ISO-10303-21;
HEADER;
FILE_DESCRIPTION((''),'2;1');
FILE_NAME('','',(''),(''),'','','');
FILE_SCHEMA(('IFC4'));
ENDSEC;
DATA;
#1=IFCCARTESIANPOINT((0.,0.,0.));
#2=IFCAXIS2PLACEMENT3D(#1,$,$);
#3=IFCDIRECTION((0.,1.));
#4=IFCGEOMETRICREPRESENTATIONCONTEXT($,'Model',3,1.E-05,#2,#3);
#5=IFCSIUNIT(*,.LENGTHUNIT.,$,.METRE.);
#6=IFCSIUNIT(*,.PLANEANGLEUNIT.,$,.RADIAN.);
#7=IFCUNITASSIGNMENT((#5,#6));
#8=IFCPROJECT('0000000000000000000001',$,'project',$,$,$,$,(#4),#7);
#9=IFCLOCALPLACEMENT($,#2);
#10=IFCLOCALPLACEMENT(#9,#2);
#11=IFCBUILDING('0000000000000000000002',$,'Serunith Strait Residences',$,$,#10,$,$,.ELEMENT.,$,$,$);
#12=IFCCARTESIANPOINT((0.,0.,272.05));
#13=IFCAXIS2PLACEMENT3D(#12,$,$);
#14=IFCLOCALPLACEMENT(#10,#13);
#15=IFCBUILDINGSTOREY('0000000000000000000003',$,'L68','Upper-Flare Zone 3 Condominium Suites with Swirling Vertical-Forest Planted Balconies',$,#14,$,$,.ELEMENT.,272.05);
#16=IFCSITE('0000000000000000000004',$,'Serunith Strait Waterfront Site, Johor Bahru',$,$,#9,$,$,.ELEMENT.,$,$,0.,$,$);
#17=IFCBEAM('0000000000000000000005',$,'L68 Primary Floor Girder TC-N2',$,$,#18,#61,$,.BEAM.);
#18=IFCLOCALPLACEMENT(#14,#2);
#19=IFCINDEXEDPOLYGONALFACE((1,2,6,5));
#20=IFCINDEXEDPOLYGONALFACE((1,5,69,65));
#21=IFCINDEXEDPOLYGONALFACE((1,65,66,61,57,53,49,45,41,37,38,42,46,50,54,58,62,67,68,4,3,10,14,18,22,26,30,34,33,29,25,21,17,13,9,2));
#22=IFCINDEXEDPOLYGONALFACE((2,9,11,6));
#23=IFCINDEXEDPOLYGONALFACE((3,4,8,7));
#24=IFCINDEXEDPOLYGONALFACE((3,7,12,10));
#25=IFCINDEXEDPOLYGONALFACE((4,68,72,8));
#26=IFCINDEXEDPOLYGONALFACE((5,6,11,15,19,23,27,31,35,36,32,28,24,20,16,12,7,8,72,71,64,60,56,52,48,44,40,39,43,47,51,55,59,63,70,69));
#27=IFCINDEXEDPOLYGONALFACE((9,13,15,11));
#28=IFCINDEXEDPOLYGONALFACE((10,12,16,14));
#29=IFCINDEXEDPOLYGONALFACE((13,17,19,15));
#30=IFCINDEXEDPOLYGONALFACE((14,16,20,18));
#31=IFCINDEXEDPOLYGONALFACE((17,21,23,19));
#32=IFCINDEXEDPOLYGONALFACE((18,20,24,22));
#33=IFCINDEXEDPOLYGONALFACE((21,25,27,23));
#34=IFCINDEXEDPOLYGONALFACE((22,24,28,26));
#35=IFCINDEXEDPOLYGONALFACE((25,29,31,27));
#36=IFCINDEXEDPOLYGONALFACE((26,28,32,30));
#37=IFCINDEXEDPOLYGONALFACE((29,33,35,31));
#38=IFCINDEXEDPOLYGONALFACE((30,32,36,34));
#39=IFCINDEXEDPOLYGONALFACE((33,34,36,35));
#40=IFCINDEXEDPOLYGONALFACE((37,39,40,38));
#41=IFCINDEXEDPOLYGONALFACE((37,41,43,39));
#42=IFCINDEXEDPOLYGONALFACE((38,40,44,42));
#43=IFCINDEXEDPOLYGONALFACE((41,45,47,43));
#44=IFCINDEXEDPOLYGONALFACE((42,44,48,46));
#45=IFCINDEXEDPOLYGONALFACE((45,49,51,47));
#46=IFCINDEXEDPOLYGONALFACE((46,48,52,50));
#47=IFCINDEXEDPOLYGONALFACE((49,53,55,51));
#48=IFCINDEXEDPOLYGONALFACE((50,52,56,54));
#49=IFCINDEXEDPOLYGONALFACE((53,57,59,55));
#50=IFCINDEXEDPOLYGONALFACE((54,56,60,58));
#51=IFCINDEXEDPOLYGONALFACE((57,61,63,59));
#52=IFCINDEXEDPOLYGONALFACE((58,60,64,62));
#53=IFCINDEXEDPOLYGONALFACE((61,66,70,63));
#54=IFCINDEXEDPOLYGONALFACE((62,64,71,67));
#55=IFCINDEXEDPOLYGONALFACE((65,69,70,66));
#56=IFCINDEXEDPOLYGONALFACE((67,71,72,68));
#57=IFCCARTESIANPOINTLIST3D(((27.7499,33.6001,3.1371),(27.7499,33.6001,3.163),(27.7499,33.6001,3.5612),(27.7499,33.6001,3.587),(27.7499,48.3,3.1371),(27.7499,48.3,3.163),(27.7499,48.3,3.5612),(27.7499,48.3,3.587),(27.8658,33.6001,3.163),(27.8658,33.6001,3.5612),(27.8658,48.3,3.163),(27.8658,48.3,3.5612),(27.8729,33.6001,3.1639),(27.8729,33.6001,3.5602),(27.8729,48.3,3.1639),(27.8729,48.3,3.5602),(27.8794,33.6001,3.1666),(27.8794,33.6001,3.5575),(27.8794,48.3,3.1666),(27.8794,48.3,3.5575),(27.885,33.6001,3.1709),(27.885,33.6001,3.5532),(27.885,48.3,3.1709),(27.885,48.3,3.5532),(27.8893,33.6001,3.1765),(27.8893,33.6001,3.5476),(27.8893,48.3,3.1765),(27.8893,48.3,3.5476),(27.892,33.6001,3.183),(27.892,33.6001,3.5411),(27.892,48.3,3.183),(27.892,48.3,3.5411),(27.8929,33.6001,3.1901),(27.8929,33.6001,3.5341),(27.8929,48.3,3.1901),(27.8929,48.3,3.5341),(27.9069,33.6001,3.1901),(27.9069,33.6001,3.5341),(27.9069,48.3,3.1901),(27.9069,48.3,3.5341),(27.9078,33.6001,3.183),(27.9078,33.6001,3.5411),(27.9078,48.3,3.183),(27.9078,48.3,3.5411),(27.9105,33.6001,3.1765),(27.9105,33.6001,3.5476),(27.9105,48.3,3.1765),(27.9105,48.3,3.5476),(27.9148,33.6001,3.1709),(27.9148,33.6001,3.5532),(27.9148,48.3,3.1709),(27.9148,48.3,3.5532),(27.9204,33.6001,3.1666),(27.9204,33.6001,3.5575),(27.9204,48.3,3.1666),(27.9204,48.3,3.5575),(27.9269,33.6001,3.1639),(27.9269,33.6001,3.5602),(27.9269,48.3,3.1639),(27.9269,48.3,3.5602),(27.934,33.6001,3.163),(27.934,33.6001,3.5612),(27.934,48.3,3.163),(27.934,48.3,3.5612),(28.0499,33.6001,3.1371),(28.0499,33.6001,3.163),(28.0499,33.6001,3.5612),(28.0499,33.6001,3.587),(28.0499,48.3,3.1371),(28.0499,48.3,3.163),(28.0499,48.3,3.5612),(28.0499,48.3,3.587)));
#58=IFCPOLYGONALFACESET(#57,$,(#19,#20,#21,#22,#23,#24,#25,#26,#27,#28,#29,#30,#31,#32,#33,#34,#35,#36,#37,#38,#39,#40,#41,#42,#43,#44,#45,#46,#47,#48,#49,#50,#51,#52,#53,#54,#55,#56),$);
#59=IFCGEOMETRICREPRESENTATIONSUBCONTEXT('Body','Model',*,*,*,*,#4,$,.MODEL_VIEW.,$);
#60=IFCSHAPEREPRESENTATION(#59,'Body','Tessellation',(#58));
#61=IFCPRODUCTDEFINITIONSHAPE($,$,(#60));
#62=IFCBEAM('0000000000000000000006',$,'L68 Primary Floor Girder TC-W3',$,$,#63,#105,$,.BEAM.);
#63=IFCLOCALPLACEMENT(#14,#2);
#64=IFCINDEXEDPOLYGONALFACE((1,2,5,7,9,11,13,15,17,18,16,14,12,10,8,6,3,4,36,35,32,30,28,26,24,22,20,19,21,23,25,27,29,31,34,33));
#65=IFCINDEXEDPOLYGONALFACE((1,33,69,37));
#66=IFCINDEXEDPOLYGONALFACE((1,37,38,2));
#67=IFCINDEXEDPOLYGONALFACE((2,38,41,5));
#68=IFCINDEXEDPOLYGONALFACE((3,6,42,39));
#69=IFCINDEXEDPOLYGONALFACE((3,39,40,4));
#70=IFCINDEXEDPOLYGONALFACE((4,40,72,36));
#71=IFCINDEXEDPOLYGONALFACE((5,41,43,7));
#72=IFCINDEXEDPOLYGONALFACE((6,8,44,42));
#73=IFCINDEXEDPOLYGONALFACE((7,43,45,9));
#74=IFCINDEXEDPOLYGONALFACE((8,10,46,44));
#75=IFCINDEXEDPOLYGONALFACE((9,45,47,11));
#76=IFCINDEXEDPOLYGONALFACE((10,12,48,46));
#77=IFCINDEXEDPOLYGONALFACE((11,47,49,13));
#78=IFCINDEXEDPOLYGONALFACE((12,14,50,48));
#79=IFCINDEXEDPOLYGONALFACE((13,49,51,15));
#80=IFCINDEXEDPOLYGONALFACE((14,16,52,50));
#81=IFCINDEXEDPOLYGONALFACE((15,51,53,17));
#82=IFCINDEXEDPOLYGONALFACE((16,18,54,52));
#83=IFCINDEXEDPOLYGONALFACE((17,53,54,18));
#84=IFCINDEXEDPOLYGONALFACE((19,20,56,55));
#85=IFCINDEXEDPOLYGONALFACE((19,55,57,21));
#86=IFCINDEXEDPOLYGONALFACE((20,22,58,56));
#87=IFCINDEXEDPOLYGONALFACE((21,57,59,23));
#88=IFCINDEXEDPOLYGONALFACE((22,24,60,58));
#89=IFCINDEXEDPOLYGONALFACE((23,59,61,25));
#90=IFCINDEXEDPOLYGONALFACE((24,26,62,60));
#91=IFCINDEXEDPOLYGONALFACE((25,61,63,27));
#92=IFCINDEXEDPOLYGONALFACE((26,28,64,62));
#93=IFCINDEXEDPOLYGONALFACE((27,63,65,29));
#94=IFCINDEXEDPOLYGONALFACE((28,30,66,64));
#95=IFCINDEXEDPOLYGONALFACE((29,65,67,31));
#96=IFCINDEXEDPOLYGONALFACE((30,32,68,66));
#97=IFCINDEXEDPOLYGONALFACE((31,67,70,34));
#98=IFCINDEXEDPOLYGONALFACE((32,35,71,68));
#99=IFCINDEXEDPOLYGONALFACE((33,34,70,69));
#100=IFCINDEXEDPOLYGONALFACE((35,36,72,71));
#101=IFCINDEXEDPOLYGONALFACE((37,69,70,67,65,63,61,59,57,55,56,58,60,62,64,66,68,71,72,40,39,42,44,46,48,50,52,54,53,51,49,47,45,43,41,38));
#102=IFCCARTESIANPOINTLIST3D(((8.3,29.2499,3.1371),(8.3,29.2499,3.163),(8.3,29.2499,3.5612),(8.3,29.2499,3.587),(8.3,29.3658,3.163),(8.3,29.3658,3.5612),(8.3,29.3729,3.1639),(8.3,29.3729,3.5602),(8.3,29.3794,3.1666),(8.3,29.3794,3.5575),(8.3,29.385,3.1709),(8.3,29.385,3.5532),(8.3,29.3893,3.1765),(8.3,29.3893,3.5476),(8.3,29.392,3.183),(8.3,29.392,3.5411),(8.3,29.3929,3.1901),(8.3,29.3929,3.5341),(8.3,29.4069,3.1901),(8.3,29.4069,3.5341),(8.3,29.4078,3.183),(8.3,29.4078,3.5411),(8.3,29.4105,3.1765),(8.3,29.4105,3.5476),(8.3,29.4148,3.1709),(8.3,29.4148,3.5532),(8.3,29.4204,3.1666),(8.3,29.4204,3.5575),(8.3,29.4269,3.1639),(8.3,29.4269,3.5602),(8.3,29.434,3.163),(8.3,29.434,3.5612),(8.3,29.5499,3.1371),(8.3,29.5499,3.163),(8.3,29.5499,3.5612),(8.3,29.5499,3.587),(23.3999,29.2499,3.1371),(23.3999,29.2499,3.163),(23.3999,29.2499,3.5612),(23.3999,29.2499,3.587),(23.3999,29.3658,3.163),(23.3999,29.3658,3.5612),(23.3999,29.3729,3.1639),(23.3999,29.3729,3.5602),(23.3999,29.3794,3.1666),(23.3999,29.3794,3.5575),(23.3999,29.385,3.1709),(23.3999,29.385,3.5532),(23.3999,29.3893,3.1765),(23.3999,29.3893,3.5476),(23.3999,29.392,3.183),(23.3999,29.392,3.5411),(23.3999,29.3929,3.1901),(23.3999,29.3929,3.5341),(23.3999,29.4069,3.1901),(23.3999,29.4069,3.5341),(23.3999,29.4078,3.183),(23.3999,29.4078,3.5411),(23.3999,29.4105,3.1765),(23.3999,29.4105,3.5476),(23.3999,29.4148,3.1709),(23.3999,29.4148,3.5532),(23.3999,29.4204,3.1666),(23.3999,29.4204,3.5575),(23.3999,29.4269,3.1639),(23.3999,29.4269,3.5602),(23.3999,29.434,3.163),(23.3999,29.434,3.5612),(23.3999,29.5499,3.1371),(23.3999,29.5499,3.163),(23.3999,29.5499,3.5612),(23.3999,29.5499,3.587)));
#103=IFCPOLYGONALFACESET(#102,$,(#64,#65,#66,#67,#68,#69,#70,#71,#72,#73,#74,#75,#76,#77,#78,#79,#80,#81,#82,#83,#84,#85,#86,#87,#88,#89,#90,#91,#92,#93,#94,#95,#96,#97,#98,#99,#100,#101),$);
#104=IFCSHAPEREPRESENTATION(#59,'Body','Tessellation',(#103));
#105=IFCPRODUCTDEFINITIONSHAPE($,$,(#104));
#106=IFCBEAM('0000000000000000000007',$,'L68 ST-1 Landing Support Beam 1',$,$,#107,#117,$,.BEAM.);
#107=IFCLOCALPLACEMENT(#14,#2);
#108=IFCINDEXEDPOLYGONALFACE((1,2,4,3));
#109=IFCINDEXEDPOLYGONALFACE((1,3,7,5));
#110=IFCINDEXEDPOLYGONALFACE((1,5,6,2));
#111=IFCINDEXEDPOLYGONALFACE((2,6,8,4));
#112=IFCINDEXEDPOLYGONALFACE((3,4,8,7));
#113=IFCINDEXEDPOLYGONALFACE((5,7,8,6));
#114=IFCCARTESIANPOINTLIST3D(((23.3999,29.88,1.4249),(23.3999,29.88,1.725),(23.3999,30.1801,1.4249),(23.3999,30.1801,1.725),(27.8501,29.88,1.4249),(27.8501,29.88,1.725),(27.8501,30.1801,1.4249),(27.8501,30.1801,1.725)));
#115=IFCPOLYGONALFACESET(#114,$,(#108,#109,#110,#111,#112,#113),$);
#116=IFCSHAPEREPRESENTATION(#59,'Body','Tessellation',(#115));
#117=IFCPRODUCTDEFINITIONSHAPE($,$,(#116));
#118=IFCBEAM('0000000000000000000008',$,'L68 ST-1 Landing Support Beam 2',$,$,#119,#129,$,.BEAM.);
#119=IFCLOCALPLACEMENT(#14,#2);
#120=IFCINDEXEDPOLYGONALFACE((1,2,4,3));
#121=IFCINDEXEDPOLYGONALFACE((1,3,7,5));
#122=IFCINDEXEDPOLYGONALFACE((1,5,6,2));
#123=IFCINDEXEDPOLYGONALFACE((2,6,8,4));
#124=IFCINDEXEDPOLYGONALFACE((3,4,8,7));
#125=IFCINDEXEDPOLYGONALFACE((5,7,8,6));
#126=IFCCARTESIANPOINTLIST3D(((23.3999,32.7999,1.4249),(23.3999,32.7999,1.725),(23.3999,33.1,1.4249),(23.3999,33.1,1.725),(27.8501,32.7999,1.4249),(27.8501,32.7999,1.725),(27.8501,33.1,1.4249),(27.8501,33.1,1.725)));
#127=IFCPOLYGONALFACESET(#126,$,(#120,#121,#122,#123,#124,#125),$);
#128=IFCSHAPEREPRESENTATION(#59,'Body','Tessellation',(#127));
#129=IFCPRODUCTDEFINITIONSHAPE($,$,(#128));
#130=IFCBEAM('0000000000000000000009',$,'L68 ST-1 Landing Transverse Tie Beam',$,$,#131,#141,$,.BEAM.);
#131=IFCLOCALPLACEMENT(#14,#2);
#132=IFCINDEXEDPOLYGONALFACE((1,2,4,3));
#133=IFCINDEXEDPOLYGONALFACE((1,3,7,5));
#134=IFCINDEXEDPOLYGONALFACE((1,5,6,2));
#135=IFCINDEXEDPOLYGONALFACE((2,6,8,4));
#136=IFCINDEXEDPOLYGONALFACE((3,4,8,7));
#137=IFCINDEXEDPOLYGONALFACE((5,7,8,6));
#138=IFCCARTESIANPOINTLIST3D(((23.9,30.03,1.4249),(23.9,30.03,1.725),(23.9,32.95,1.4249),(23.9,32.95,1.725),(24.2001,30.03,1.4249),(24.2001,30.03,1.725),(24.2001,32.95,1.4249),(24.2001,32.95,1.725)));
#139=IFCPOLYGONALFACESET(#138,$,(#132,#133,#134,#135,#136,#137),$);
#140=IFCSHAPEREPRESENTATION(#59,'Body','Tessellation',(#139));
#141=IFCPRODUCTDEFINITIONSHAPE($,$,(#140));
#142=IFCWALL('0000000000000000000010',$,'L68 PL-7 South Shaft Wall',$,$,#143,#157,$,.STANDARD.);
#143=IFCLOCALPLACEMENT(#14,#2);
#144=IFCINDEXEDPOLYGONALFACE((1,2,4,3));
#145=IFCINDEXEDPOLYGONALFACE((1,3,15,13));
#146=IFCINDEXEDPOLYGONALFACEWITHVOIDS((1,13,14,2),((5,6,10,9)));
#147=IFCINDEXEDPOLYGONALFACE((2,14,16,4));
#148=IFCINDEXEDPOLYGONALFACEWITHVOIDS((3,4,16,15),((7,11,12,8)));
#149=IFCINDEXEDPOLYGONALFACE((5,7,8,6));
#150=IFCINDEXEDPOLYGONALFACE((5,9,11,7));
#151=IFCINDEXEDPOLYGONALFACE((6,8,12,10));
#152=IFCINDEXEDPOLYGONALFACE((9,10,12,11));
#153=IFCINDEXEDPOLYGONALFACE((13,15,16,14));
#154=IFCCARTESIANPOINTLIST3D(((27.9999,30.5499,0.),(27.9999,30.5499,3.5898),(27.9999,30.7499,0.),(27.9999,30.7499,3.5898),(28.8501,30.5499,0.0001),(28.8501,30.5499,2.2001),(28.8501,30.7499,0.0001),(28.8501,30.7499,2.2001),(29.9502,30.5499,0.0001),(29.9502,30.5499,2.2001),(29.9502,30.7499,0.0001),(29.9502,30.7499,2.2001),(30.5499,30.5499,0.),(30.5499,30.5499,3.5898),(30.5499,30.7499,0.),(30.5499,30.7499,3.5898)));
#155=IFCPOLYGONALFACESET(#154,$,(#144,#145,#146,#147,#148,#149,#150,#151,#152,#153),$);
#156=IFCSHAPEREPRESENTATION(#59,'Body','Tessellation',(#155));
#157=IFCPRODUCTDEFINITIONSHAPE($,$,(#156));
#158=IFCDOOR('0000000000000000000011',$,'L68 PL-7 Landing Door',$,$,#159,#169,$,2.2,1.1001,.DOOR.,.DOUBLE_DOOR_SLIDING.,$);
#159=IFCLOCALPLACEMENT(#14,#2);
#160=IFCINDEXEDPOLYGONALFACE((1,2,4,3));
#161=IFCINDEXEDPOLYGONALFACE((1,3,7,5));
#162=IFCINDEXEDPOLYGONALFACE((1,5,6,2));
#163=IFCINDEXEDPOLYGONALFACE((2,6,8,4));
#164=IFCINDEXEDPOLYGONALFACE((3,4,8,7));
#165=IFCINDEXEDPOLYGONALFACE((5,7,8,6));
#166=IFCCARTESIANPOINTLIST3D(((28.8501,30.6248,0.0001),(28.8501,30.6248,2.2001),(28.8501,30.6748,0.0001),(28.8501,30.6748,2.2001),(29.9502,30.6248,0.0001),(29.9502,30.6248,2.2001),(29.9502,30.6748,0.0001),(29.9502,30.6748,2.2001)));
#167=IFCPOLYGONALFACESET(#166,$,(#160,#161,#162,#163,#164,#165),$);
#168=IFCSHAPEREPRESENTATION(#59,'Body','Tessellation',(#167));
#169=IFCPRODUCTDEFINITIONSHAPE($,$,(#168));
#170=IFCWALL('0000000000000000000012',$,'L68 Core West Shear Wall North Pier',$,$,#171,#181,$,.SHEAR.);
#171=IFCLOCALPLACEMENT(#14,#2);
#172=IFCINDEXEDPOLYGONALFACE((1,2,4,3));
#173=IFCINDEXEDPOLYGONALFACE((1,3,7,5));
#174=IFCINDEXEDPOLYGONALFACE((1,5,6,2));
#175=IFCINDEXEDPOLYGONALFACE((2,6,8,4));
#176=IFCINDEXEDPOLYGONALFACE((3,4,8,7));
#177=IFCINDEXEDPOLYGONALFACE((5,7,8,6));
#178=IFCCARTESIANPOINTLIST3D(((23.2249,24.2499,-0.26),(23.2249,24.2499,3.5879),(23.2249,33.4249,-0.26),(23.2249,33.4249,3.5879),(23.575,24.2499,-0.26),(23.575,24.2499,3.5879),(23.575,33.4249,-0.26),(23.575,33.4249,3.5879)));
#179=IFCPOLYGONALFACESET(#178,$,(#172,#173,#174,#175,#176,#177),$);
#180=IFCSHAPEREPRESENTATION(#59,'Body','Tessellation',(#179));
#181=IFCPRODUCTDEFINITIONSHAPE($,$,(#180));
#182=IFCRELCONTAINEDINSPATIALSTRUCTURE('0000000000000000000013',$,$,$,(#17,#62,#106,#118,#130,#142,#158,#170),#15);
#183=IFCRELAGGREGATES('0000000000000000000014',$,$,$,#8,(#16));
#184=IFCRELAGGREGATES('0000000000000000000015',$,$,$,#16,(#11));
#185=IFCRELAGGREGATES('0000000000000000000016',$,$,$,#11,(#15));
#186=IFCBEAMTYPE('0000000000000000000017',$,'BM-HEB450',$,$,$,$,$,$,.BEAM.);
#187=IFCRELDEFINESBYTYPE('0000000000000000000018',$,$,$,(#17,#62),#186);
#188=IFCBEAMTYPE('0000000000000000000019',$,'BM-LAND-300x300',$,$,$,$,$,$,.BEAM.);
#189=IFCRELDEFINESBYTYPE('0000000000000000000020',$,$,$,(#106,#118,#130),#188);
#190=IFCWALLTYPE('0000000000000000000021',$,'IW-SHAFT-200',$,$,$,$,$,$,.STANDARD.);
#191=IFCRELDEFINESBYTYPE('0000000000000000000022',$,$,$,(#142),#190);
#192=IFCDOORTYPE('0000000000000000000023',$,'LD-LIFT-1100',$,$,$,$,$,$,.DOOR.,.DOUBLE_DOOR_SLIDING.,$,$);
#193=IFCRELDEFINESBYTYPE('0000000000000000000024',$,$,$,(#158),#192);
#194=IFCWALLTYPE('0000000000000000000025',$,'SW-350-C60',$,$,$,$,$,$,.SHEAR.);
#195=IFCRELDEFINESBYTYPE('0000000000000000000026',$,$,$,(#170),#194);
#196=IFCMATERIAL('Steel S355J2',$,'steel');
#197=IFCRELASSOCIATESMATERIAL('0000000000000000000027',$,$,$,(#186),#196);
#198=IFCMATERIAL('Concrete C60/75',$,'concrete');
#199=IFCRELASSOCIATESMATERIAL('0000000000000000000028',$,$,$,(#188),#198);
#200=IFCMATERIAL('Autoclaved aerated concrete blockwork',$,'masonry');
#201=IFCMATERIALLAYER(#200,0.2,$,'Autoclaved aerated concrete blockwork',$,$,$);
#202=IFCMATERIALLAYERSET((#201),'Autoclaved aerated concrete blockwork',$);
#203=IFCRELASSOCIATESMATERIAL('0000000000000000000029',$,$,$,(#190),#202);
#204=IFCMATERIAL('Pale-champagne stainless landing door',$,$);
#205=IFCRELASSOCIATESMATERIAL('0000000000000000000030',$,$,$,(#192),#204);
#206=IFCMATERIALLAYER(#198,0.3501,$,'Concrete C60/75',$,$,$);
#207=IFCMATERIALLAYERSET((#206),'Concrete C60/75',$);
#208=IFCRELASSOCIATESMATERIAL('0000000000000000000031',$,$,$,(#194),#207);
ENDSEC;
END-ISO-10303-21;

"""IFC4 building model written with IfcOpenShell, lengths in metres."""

from ifc_helpers import new_model, si_unit, direction, frame, frame_2d, origin, origin_2d, place, context, subcontext, project, spatial, rectangle, i_section, extrude, source, transform, mapped, material, layer, layer_set, material_profile, profile_set, type_object, element, fill, save


model = new_model("IFC4")

# Units and contexts
model_context = context("Model", 3, precision=1e-05, world=origin(), true_north=direction((0.0, 1.0)))
body_context = subcontext(model_context, "Body", "Model", "MODEL_VIEW")
ifc_project = project(units=[si_unit("LENGTHUNIT", "METRE"), si_unit("PLANEANGLEUNIT", "RADIAN")], contexts=[model_context])

# Site, building, storey
site_placement = place(None, origin())
site = spatial("IfcSite", under=ifc_project, at=site_placement, Name="Serunith Strait Waterfront Site, Johor Bahru", CompositionType="ELEMENT", RefElevation=0.0)
building_placement = place(site_placement, origin())
building = spatial("IfcBuilding", under=site, at=building_placement, Name="Serunith Strait Residences", CompositionType="ELEMENT")
storey_placement = place(building_placement, frame((0.0, 0.0, 272.05)))
storey = spatial("IfcBuildingStorey", under=building, at=storey_placement, Name="L68", Description="Upper-Flare Zone 3 Condominium Suites with Swirling Vertical-Forest Planted Balconies", CompositionType="ELEMENT", Elevation=272.05)

# Beams
ifc_material_1 = material(Name="Steel S355J2", Category="steel")
ifc_material_profile_1 = material_profile(ifc_material_1, i_section(OverallWidth=0.3, OverallDepth=0.45, WebThickness=0.0139, FlangeThickness=0.0259, FilletRadius=0.0271, at=origin_2d()), Name="HEB 450")
ifc_profile_set_1 = profile_set([ifc_material_profile_1], Name="Steel S355J2")
beam_type_1 = type_object("IfcBeamType", Name="BM-HEB450", PredefinedType="BEAM", material=ifc_profile_set_1)
shared_shape_1 = source(origin(), body_context, "Body", "SweptSolid", [
    extrude(i_section(OverallWidth=0.3, OverallDepth=0.45, WebThickness=0.0139, FlangeThickness=0.0259, FilletRadius=0.0271, at=origin_2d()), origin(), (0.0, 0.0, 1.0), 14.7),
])
beam_1_placement = place(storey_placement, frame((27.8999, 33.6001, 3.3621), z_axis=(0.0, 1.0, 0.0), x_axis=(-1.0, 0.0, 0.0)))
element("IfcBeam", 1, at=beam_1_placement, inside=storey, type_object=beam_type_1, Name="L68 Primary Floor Girder TC-N2", PredefinedType="BEAM", context=body_context, shape_type="MappedRepresentation", body=[
    mapped(shared_shape_1, transform((0.0, 0.0, 0.0), scale=1.0)),
])
shared_shape_2 = source(origin(), body_context, "Body", "SweptSolid", [
    extrude(i_section(OverallWidth=0.3, OverallDepth=0.45, WebThickness=0.0139, FlangeThickness=0.0259, FilletRadius=0.0271, at=origin_2d()), origin(), (0.0, 0.0, 1.0), 15.0999),
])
beam_2_placement = place(storey_placement, frame((23.3999, 29.3999, 3.3621), z_axis=(-1.0, 0.0, 0.0), x_axis=(0.0, -1.0, 0.0)))
element("IfcBeam", 2, at=beam_2_placement, inside=storey, type_object=beam_type_1, Name="L68 Primary Floor Girder TC-W3", PredefinedType="BEAM", context=body_context, shape_type="MappedRepresentation", body=[
    mapped(shared_shape_2, transform((0.0, 0.0, 0.0), scale=1.0)),
])
ifc_material_2 = material(Name="Concrete C60/75", Category="concrete")
ifc_material_profile_2 = material_profile(ifc_material_2, rectangle(XDim=0.3, YDim=0.3, at=origin_2d()), Name="RC 300x300")
ifc_profile_set_2 = profile_set([ifc_material_profile_2], Name="Concrete C60/75")
beam_type_2 = type_object("IfcBeamType", Name="BM-LAND-300x300", PredefinedType="BEAM", material=ifc_profile_set_2)
shared_shape_3 = source(origin(), body_context, "Body", "SweptSolid", [
    extrude(rectangle(XDim=0.3, YDim=0.3, at=origin_2d()), origin(), (0.0, 0.0, 1.0), 4.4502),
])
for number, where, z_axis, x_axis, name in (
    (3, (23.3999, 30.03, 1.575), (1.0, 0.0, 0.0), (0.0, 1.0, 0.0), "L68 ST-1 Landing Support Beam 1"),
    (4, (23.3999, 32.95, 1.575), (1.0, 0.0, 0.0), (0.0, 1.0, 0.0), "L68 ST-1 Landing Support Beam 2"),
):
    element("IfcBeam", number, at=place(storey_placement, frame(where, z_axis=z_axis, x_axis=x_axis)), inside=storey, type_object=beam_type_2, Name=name, PredefinedType="BEAM", context=body_context, shape_type="MappedRepresentation", body=[
        mapped(shared_shape_3, transform((0.0, 0.0, 0.0), scale=1.0)),
    ])
shared_shape_4 = source(origin(), body_context, "Body", "SweptSolid", [
    extrude(rectangle(XDim=0.3, YDim=0.3, at=origin_2d()), origin(), (0.0, 0.0, 1.0), 2.9199),
])
beam_3_placement = place(storey_placement, frame((24.05, 30.03, 1.575), z_axis=(0.0, 1.0, 0.0), x_axis=(-1.0, 0.0, 0.0)))
element("IfcBeam", 5, at=beam_3_placement, inside=storey, type_object=beam_type_2, Name="L68 ST-1 Landing Transverse Tie Beam", PredefinedType="BEAM", context=body_context, shape_type="MappedRepresentation", body=[
    mapped(shared_shape_4, transform((0.0, 0.0, 0.0), scale=1.0)),
])

# Wall, opening, door
ifc_material_3 = material(Name="Autoclaved aerated concrete blockwork", Category="masonry")
ifc_layer_1 = layer(ifc_material_3, 0.2, Name="Autoclaved aerated concrete blockwork")
ifc_layer_set_1 = layer_set([ifc_layer_1], Name="Autoclaved aerated concrete blockwork")
wall_type_1 = type_object("IfcWallType", Name="IW-SHAFT-200", PredefinedType="STANDARD", material=ifc_layer_set_1)
wall_1_placement = place(storey_placement, frame((28.0, 30.6499, 0.0), z_axis=(0.0, 0.0, 1.0), x_axis=(1.0, 0.0, 0.0)))
wall_1 = element("IfcWall", 6, at=wall_1_placement, inside=storey, type_object=wall_type_1, Name="L68 PL-7 South Shaft Wall", PredefinedType="STANDARD", context=body_context, shape_type="SweptSolid", body=[
    extrude(rectangle(XDim=2.55, YDim=0.2, at=frame_2d((1.2749, 0.0))), origin(), (0.0, 0.0, 1.0), 3.5898),
])
opening_1_placement = place(wall_1_placement, frame((0.8501, 0.0, 0.0)))
opening_1 = element("IfcOpeningElement", 7, at=opening_1_placement, cuts=wall_1, PredefinedType="OPENING", context=body_context, shape_type="SweptSolid", body=[
    extrude(rectangle(XDim=1.1001, YDim=2.2, at=frame_2d((0.55, 1.1001))), frame((0.0, 0.1099, 0.0), z_axis=(0.0, -1.0, 0.0), x_axis=(1.0, 0.0, 0.0)), (0.0, 0.0, 1.0), 0.22),
])
ifc_material_4 = material(Name="Pale-champagne stainless landing door")
door_type_1 = type_object("IfcDoorType", Name="LD-LIFT-1100", OperationType="DOUBLE_DOOR_SLIDING", PredefinedType="DOOR", material=ifc_material_4)
shared_shape_5 = source(origin(), body_context, "Body", "SweptSolid", [
    extrude(rectangle(XDim=1.1001, YDim=2.2, at=frame_2d((0.55, 1.1001))), frame((0.0, 0.0249, 0.0), z_axis=(0.0, -1.0, 0.0), x_axis=(1.0, 0.0, 0.0)), (0.0, 0.0, 1.0), 0.05),
])
door_1_placement = place(opening_1_placement, origin())
door_1 = element("IfcDoor", 8, at=door_1_placement, inside=storey, type_object=door_type_1, Name="L68 PL-7 Landing Door", OperationType="DOUBLE_DOOR_SLIDING", OverallHeight=2.2, OverallWidth=1.1001, PredefinedType="DOOR", context=body_context, shape_type="MappedRepresentation", body=[
    mapped(shared_shape_5, transform((0.0, 0.0, 0.0), scale=1.0)),
])
fill(opening_1, door_1)

# Wall
ifc_layer_2 = layer(ifc_material_2, 0.3501, Name="Concrete C60/75")
ifc_layer_set_2 = layer_set([ifc_layer_2], Name="Concrete C60/75")
wall_type_2 = type_object("IfcWallType", Name="SW-350-C60", PredefinedType="SHEAR", material=ifc_layer_set_2)
wall_2_placement = place(storey_placement, frame((23.3999, 24.25, -0.26), z_axis=(0.0, 0.0, 1.0), x_axis=(0.0, 1.0, 0.0)))
element("IfcWall", 9, at=wall_2_placement, inside=storey, type_object=wall_type_2, Name="L68 Core West Shear Wall North Pier", PredefinedType="SHEAR", context=body_context, shape_type="SweptSolid", body=[
    extrude(rectangle(XDim=9.175, YDim=0.3501, at=frame_2d((4.5874, 0.0))), origin(), (0.0, 0.0, 1.0), 3.8479),
])

save(model, "model.ifc")
